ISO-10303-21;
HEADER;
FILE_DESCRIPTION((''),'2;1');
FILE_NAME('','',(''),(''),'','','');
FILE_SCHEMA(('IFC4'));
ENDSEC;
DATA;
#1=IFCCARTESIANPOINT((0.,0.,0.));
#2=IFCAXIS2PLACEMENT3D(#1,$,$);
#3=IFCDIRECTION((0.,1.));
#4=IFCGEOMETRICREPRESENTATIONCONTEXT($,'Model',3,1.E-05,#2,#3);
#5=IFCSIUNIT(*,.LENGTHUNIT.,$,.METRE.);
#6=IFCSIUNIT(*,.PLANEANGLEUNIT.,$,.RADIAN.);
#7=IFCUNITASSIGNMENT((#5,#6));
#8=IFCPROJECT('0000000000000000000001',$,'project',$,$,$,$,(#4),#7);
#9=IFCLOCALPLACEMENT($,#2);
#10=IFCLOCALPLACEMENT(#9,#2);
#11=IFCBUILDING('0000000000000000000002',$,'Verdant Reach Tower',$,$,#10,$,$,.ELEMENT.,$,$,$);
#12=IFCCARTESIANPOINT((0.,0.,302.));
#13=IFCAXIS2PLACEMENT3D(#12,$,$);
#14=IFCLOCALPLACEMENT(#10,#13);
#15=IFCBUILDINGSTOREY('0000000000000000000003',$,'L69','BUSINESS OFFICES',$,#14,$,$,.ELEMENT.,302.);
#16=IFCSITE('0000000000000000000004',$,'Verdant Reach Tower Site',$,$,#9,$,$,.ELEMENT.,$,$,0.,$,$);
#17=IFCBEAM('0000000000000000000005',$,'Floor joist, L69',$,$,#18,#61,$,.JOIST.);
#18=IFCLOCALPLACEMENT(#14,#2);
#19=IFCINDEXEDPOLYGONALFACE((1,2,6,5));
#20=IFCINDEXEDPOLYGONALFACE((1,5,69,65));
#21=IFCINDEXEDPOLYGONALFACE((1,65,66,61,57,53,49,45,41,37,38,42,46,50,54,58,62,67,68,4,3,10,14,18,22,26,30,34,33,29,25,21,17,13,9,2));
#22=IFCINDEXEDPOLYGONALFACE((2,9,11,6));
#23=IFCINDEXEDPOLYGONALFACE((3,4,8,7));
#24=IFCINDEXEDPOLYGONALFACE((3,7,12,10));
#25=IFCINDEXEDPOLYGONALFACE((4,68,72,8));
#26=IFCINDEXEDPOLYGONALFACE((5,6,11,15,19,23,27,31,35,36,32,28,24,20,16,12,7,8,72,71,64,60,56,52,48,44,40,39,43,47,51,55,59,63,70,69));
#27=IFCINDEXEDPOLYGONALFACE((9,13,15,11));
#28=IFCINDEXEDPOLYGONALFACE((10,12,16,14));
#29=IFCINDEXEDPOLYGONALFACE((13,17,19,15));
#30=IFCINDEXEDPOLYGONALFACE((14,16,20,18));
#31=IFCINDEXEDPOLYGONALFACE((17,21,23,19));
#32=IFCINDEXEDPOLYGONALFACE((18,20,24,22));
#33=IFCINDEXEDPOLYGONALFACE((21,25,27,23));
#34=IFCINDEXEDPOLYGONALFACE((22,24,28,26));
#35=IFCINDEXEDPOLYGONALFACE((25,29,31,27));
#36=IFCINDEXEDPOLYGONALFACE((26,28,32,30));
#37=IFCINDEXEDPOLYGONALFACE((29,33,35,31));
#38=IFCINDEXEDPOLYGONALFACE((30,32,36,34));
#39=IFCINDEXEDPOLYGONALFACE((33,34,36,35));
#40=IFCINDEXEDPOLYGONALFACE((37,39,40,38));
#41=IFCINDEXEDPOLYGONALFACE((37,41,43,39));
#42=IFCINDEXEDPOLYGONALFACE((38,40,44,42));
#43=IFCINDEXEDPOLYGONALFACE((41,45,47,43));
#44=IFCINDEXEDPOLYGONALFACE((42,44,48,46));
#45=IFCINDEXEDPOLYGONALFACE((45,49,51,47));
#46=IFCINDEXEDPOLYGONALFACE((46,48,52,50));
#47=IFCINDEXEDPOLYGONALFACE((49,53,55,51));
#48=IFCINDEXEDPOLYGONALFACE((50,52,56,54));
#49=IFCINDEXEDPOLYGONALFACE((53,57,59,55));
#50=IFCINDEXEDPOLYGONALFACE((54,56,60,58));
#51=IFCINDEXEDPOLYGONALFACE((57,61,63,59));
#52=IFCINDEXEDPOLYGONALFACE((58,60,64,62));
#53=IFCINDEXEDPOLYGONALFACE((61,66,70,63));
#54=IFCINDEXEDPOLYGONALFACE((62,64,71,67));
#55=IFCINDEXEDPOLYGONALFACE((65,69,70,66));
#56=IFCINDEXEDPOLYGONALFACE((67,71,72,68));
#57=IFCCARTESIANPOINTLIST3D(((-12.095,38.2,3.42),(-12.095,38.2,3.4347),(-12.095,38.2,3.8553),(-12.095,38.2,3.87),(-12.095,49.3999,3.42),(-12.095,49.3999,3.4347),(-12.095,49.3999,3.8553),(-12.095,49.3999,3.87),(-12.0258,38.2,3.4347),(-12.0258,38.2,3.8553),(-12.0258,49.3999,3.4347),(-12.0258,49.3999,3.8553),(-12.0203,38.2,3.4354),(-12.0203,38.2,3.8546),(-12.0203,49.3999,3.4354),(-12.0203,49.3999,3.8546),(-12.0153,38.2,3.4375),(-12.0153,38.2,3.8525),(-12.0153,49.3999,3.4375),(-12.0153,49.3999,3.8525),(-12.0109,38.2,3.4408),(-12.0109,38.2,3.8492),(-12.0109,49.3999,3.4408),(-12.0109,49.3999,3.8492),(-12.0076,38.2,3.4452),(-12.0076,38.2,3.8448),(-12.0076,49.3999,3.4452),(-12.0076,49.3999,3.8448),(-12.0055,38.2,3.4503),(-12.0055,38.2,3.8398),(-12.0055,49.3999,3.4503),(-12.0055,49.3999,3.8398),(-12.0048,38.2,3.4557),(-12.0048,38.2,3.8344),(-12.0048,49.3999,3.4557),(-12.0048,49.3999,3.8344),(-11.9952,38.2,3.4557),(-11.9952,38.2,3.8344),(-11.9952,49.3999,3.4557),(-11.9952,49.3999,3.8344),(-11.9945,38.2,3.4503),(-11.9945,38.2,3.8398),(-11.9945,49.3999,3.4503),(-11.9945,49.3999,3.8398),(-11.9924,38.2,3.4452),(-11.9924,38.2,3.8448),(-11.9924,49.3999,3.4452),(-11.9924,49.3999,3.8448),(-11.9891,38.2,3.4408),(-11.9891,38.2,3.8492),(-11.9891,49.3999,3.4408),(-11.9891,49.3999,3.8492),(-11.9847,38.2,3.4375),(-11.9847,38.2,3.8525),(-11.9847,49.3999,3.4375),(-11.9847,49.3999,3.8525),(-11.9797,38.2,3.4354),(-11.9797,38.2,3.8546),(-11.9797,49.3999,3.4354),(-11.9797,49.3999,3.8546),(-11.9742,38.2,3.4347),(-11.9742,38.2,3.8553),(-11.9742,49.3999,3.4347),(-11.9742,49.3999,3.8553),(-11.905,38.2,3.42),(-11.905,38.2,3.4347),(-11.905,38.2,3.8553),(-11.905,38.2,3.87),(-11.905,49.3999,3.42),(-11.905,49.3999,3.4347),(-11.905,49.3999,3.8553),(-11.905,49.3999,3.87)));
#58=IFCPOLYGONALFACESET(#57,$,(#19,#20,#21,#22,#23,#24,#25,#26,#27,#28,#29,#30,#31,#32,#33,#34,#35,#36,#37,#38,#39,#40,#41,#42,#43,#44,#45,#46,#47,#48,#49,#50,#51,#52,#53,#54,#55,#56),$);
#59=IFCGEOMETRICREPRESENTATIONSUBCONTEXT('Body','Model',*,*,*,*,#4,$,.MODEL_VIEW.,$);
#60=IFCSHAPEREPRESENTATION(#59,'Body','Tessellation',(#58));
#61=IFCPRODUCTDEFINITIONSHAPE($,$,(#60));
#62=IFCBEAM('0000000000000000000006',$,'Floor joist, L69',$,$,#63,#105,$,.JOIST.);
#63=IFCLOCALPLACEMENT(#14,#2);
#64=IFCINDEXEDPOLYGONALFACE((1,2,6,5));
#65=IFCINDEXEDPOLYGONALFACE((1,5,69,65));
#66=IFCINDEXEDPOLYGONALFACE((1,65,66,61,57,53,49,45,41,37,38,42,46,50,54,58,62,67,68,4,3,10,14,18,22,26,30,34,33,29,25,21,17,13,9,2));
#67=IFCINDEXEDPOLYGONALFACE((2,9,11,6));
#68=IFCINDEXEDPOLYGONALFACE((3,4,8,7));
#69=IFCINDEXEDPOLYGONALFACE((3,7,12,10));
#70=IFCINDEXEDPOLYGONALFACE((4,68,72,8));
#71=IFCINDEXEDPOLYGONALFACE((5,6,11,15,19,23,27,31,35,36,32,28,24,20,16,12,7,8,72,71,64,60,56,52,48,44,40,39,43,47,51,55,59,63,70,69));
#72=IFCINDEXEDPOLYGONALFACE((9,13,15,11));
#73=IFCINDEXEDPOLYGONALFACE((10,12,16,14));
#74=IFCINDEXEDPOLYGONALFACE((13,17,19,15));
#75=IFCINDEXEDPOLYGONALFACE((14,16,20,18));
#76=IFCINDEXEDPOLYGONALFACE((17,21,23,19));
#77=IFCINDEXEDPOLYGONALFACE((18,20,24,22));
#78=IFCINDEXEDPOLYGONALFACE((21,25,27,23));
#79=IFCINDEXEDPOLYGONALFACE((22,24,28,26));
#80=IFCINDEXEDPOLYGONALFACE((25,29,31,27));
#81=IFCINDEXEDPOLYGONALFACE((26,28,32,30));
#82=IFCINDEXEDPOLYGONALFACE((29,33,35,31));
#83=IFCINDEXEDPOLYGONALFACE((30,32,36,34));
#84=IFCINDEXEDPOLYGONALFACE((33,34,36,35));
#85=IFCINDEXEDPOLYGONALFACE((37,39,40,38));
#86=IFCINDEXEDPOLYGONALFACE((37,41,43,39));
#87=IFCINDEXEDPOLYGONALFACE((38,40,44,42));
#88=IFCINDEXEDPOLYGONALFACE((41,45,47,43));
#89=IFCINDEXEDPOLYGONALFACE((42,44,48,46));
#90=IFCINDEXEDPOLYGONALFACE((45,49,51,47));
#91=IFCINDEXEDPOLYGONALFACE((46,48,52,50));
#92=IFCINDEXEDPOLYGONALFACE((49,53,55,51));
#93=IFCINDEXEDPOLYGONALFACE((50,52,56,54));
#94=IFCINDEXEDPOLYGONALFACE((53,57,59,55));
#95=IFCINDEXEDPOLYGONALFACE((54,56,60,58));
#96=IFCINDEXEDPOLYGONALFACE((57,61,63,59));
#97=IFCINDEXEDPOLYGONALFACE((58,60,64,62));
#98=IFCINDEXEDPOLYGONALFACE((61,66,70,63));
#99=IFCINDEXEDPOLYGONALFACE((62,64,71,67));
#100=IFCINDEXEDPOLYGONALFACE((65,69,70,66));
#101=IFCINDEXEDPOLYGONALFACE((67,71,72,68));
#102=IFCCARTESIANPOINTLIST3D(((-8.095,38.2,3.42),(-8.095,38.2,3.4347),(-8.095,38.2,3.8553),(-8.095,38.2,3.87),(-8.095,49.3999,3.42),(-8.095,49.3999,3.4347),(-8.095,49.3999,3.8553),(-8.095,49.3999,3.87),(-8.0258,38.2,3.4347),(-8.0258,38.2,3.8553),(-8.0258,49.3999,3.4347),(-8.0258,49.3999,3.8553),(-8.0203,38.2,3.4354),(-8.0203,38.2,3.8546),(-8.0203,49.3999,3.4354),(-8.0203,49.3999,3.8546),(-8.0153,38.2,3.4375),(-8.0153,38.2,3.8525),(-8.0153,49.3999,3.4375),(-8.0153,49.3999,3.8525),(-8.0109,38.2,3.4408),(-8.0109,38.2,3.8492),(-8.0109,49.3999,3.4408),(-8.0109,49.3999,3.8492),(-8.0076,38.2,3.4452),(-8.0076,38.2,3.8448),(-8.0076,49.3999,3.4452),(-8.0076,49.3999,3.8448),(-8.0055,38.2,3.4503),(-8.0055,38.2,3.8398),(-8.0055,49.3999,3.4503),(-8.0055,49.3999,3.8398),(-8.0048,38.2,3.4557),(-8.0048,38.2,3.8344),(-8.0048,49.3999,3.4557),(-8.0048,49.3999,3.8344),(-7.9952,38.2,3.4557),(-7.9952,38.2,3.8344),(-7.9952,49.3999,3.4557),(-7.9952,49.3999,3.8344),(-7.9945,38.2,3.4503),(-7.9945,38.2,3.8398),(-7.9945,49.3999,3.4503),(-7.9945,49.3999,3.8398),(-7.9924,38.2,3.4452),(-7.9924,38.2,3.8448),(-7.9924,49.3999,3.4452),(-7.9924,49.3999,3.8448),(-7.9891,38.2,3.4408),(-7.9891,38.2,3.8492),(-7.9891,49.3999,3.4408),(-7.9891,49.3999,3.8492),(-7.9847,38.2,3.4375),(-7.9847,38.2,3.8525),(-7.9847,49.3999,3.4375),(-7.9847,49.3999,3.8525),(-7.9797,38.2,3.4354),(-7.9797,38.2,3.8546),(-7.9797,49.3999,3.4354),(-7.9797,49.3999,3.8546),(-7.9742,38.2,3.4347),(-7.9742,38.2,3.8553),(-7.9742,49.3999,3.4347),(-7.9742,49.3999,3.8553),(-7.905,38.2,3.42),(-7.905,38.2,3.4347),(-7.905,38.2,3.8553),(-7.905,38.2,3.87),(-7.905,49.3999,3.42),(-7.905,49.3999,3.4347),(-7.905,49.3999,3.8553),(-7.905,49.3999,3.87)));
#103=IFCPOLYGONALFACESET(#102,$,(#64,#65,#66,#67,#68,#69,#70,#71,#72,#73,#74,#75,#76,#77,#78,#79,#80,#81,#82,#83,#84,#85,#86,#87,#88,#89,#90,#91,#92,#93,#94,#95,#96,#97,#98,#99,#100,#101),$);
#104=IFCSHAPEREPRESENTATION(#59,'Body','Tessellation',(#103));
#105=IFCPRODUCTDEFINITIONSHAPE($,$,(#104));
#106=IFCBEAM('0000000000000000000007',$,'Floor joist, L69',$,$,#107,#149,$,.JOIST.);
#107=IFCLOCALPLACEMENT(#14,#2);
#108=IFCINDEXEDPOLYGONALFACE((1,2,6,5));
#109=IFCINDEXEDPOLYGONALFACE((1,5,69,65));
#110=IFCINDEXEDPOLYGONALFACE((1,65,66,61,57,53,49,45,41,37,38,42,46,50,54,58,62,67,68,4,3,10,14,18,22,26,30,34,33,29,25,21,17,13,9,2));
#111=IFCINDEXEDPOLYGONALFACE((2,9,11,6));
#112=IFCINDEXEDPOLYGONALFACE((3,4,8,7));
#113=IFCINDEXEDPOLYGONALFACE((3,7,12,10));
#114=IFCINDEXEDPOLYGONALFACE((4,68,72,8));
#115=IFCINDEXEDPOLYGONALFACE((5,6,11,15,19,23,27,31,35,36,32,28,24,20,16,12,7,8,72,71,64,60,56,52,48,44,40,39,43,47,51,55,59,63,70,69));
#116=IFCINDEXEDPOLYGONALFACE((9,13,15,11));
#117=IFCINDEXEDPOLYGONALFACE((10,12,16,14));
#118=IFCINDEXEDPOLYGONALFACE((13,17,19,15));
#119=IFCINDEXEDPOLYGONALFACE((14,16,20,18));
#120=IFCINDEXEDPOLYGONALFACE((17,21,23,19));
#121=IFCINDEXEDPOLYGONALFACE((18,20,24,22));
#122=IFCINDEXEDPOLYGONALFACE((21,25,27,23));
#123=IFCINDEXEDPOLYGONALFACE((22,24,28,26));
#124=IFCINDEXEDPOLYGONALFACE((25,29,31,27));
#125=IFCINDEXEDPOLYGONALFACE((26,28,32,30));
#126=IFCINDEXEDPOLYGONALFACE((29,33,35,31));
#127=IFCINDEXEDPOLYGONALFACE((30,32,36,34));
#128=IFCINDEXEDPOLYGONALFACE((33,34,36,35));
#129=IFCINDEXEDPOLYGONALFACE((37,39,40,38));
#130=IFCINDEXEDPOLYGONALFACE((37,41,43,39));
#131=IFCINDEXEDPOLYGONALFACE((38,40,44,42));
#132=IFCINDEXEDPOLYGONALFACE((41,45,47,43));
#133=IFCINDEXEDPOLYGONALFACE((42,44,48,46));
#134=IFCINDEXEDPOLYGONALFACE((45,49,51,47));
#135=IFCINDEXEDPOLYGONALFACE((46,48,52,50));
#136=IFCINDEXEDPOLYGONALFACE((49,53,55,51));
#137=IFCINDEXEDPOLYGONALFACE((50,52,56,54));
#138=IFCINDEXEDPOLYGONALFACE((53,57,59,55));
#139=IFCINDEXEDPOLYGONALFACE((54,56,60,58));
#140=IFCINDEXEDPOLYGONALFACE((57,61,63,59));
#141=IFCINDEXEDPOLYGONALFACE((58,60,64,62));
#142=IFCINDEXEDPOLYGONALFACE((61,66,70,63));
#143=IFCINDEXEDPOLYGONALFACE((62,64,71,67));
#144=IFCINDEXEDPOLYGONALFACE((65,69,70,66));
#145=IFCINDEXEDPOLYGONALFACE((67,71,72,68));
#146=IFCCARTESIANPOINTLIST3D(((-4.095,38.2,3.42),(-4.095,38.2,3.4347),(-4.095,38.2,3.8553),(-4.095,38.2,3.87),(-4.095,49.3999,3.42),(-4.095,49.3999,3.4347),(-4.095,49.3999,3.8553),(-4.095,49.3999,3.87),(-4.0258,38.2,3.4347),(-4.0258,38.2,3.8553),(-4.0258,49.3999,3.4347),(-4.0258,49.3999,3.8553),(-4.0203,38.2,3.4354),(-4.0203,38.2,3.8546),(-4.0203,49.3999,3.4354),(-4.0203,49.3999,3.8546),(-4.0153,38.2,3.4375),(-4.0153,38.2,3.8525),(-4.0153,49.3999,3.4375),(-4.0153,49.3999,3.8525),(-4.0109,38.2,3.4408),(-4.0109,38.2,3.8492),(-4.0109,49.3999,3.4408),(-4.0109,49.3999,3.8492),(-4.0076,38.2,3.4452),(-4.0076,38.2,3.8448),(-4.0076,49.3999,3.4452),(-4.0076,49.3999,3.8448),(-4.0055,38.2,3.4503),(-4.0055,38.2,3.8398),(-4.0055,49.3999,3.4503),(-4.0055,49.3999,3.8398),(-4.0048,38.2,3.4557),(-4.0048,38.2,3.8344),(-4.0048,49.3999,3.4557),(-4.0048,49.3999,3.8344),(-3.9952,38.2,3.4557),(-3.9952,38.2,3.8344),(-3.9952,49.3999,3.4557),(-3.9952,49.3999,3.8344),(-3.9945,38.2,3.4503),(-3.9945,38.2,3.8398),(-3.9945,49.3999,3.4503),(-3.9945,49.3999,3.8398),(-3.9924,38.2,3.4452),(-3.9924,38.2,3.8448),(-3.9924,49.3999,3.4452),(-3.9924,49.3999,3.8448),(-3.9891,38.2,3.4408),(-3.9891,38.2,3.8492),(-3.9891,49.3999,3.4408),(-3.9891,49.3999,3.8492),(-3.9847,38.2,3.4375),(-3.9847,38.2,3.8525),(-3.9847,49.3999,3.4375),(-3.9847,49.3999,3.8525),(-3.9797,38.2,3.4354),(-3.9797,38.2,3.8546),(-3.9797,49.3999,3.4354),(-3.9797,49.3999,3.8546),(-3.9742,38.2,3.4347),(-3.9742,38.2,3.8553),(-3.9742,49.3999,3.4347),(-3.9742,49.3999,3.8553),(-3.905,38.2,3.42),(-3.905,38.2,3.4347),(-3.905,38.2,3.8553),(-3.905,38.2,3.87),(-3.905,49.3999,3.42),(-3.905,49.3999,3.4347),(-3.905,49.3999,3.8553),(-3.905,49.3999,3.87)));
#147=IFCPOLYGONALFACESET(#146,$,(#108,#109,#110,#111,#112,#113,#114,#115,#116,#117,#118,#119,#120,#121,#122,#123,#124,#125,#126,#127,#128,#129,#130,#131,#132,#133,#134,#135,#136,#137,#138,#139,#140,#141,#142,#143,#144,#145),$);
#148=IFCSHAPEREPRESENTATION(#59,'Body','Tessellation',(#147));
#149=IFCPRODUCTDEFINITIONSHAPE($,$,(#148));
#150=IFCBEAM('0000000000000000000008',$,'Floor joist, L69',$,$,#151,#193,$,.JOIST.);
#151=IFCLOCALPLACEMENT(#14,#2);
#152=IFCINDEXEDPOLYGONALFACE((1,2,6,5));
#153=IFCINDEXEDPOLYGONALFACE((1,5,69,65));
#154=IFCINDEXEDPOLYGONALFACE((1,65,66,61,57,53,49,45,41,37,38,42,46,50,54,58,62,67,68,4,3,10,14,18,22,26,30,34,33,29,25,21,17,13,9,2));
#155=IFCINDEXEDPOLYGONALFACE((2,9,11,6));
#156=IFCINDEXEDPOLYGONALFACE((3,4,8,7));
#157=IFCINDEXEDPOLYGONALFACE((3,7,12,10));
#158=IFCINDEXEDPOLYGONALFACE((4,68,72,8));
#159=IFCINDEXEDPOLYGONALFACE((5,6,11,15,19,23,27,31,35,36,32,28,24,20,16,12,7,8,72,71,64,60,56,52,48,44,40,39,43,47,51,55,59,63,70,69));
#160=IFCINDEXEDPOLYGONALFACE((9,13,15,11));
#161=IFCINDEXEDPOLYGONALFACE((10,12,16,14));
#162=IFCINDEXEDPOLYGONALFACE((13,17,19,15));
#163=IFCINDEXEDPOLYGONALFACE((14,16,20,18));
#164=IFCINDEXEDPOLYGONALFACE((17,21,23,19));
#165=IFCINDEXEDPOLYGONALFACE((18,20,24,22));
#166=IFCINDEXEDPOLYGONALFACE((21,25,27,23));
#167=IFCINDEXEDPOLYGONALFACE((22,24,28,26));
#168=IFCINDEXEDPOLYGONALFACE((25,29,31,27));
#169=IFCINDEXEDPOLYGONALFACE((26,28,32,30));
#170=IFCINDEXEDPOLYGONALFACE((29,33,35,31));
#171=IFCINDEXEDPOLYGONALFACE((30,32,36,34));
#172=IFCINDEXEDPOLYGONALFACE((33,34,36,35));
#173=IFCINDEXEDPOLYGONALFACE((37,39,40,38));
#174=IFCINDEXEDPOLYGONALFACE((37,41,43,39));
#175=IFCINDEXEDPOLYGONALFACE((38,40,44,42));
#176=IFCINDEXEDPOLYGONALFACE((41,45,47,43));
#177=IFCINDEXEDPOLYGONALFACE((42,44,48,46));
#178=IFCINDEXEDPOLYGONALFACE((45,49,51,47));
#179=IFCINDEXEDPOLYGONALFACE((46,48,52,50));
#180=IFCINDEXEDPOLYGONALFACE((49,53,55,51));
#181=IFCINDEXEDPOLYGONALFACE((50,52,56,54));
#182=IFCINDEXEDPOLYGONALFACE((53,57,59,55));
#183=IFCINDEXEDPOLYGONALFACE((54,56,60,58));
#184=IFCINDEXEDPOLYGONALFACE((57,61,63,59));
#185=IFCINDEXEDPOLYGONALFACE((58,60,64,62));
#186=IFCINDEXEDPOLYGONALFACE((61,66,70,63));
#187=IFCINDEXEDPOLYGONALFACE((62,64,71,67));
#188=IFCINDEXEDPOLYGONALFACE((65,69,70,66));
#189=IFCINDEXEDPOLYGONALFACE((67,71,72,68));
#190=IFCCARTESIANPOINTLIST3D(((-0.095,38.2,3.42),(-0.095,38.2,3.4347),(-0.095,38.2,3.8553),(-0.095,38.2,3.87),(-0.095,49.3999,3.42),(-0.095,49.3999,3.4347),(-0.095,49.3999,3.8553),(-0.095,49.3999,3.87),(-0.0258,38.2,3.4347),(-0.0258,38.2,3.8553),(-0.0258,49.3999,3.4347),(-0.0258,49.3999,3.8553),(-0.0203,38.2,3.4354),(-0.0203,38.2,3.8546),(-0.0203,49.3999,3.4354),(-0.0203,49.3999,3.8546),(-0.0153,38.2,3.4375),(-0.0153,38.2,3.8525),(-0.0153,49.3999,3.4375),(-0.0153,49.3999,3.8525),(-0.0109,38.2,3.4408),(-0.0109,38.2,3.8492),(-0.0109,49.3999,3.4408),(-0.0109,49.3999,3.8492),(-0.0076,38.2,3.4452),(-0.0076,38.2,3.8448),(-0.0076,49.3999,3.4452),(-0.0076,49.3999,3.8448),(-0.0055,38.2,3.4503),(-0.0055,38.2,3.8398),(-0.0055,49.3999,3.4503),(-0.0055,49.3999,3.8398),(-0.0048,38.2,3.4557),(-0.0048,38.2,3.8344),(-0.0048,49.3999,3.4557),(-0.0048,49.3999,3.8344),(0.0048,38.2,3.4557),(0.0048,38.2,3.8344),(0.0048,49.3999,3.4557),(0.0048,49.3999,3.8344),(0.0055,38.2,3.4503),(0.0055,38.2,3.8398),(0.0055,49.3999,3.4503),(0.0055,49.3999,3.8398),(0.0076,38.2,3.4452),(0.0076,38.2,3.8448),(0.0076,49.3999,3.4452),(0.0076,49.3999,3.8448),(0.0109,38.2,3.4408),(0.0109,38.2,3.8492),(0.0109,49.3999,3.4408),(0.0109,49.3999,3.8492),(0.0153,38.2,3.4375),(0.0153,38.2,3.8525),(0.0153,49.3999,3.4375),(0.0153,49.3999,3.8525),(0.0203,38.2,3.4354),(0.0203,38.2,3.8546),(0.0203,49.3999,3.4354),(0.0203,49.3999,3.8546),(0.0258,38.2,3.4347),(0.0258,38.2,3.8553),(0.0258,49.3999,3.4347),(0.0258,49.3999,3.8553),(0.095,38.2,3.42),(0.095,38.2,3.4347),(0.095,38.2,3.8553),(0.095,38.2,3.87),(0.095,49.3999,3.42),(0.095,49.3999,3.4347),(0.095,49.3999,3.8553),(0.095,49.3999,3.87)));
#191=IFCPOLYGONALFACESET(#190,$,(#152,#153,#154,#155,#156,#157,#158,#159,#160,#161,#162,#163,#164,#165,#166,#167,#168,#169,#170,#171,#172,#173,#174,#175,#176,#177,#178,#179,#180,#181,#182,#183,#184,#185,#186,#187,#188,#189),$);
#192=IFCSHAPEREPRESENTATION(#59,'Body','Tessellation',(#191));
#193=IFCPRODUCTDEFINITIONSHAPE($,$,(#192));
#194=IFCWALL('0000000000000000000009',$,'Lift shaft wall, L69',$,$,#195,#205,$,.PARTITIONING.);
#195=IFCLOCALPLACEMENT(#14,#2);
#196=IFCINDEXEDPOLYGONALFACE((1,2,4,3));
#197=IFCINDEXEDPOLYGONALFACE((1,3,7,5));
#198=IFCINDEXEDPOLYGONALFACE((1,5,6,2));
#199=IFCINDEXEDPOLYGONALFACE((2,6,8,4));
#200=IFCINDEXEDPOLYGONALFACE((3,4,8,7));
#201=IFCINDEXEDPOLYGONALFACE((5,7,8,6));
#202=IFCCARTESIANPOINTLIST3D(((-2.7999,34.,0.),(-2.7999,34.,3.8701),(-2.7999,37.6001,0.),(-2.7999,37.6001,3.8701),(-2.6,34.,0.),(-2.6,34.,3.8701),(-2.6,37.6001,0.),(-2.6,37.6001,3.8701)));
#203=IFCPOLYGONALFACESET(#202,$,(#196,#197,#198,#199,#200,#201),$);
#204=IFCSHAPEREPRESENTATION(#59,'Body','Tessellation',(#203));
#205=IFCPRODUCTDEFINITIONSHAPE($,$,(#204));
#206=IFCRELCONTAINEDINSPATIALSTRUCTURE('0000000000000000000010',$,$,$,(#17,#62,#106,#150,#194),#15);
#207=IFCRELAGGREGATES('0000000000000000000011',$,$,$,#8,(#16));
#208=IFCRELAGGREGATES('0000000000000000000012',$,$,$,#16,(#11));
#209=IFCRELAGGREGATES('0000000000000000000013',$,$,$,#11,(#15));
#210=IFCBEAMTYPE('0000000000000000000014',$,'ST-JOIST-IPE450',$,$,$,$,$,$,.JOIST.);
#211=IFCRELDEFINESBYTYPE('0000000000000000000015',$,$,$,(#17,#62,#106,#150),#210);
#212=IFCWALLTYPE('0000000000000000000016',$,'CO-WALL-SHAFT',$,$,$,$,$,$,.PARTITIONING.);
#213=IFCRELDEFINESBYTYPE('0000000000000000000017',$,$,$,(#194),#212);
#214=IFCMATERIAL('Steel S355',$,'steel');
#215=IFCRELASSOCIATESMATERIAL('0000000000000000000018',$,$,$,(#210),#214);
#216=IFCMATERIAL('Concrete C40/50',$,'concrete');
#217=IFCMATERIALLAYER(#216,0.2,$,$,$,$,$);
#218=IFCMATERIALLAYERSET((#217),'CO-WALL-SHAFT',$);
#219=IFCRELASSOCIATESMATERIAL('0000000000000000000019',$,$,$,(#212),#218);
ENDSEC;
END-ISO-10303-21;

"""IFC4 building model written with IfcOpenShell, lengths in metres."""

from ifc_helpers import new_model, si_unit, direction, frame, frame_2d, origin, origin_2d, place, context, subcontext, project, spatial, rectangle, i_section, extrude, material, layer, layer_set, material_profile, profile_set, type_object, element, save


model = new_model("IFC4")

# Units and contexts
model_context = context("Model", 3, precision=1e-05, world=origin(), true_north=direction((0.0, 1.0)))
body_context = subcontext(model_context, "Body", "Model", "MODEL_VIEW")
ifc_project = project(units=[si_unit("LENGTHUNIT", "METRE"), si_unit("PLANEANGLEUNIT", "RADIAN")], contexts=[model_context])

# Site, building, storey
site_placement = place(None, origin())
site = spatial("IfcSite", under=ifc_project, at=site_placement, Name="Verdant Reach Tower Site", CompositionType="ELEMENT", RefElevation=0.0)
building_placement = place(site_placement, origin())
building = spatial("IfcBuilding", under=site, at=building_placement, Name="Verdant Reach Tower", CompositionType="ELEMENT")
storey_placement = place(building_placement, frame((0.0, 0.0, 302.0)))
storey = spatial("IfcBuildingStorey", under=building, at=storey_placement, Name="L69", Description="BUSINESS OFFICES", CompositionType="ELEMENT", Elevation=302.0)

# Beams
ifc_material_1 = material(Name="Steel S355", Category="steel")
ifc_material_profile_1 = material_profile(ifc_material_1, i_section(OverallWidth=0.1899, OverallDepth=0.45, WebThickness=0.0095, FlangeThickness=0.0146, FilletRadius=0.021, at=origin_2d()), Name="IPE 450")
ifc_profile_set_1 = profile_set([ifc_material_profile_1], Name="Steel S355")
beam_type_1 = type_object("IfcBeamType", Name="ST-JOIST-IPE450", PredefinedType="JOIST", material=ifc_profile_set_1)
for number, where, z_axis, x_axis, name in (
    (1, (-12.0, 38.2, 3.645), (0.0, 1.0, 0.0), (-1.0, 0.0, 0.0), "Floor joist, L69"),
    (2, (-8.0, 38.2, 3.645), (0.0, 1.0, 0.0), (-1.0, 0.0, 0.0), "Floor joist, L69"),
    (3, (-4.0, 38.2, 3.645), (0.0, 1.0, 0.0), (-1.0, 0.0, 0.0), "Floor joist, L69"),
    (4, (0.0, 38.2, 3.645), (0.0, 1.0, 0.0), (-1.0, 0.0, 0.0), "Floor joist, L69"),
):
    element("IfcBeam", number, at=place(storey_placement, frame(where, z_axis=z_axis, x_axis=x_axis)), inside=storey, type_object=beam_type_1, Name=name, PredefinedType="JOIST", context=body_context, shape_type="SweptSolid", body=[
        extrude(i_section(OverallWidth=0.1899, OverallDepth=0.45, WebThickness=0.0095, FlangeThickness=0.0146, FilletRadius=0.021, at=origin_2d()), origin(), (0.0, 0.0, 1.0), 11.2),
    ])

# Wall
ifc_material_2 = material(Name="Concrete C40/50", Category="concrete")
ifc_layer_1 = layer(ifc_material_2, 0.2)
ifc_layer_set_1 = layer_set([ifc_layer_1], Name="CO-WALL-SHAFT")
wall_type_1 = type_object("IfcWallType", Name="CO-WALL-SHAFT", PredefinedType="PARTITIONING", material=ifc_layer_set_1)
for number, where, z_axis, x_axis, name in (
    (5, (-2.7, 34.0, 0.0), (0.0, 0.0, 1.0), (0.0, 1.0, 0.0), "Lift shaft wall, L69"),
):
    element("IfcWall", number, at=place(storey_placement, frame(where, z_axis=z_axis, x_axis=x_axis)), inside=storey, type_object=wall_type_1, Name=name, PredefinedType="PARTITIONING", context=body_context, shape_type="SweptSolid", body=[
        extrude(rectangle(XDim=3.6001, YDim=0.2, at=frame_2d((1.8, 0.0))), origin(), (0.0, 0.0, 1.0), 3.8701),
    ])

save(model, "model.ifc")
